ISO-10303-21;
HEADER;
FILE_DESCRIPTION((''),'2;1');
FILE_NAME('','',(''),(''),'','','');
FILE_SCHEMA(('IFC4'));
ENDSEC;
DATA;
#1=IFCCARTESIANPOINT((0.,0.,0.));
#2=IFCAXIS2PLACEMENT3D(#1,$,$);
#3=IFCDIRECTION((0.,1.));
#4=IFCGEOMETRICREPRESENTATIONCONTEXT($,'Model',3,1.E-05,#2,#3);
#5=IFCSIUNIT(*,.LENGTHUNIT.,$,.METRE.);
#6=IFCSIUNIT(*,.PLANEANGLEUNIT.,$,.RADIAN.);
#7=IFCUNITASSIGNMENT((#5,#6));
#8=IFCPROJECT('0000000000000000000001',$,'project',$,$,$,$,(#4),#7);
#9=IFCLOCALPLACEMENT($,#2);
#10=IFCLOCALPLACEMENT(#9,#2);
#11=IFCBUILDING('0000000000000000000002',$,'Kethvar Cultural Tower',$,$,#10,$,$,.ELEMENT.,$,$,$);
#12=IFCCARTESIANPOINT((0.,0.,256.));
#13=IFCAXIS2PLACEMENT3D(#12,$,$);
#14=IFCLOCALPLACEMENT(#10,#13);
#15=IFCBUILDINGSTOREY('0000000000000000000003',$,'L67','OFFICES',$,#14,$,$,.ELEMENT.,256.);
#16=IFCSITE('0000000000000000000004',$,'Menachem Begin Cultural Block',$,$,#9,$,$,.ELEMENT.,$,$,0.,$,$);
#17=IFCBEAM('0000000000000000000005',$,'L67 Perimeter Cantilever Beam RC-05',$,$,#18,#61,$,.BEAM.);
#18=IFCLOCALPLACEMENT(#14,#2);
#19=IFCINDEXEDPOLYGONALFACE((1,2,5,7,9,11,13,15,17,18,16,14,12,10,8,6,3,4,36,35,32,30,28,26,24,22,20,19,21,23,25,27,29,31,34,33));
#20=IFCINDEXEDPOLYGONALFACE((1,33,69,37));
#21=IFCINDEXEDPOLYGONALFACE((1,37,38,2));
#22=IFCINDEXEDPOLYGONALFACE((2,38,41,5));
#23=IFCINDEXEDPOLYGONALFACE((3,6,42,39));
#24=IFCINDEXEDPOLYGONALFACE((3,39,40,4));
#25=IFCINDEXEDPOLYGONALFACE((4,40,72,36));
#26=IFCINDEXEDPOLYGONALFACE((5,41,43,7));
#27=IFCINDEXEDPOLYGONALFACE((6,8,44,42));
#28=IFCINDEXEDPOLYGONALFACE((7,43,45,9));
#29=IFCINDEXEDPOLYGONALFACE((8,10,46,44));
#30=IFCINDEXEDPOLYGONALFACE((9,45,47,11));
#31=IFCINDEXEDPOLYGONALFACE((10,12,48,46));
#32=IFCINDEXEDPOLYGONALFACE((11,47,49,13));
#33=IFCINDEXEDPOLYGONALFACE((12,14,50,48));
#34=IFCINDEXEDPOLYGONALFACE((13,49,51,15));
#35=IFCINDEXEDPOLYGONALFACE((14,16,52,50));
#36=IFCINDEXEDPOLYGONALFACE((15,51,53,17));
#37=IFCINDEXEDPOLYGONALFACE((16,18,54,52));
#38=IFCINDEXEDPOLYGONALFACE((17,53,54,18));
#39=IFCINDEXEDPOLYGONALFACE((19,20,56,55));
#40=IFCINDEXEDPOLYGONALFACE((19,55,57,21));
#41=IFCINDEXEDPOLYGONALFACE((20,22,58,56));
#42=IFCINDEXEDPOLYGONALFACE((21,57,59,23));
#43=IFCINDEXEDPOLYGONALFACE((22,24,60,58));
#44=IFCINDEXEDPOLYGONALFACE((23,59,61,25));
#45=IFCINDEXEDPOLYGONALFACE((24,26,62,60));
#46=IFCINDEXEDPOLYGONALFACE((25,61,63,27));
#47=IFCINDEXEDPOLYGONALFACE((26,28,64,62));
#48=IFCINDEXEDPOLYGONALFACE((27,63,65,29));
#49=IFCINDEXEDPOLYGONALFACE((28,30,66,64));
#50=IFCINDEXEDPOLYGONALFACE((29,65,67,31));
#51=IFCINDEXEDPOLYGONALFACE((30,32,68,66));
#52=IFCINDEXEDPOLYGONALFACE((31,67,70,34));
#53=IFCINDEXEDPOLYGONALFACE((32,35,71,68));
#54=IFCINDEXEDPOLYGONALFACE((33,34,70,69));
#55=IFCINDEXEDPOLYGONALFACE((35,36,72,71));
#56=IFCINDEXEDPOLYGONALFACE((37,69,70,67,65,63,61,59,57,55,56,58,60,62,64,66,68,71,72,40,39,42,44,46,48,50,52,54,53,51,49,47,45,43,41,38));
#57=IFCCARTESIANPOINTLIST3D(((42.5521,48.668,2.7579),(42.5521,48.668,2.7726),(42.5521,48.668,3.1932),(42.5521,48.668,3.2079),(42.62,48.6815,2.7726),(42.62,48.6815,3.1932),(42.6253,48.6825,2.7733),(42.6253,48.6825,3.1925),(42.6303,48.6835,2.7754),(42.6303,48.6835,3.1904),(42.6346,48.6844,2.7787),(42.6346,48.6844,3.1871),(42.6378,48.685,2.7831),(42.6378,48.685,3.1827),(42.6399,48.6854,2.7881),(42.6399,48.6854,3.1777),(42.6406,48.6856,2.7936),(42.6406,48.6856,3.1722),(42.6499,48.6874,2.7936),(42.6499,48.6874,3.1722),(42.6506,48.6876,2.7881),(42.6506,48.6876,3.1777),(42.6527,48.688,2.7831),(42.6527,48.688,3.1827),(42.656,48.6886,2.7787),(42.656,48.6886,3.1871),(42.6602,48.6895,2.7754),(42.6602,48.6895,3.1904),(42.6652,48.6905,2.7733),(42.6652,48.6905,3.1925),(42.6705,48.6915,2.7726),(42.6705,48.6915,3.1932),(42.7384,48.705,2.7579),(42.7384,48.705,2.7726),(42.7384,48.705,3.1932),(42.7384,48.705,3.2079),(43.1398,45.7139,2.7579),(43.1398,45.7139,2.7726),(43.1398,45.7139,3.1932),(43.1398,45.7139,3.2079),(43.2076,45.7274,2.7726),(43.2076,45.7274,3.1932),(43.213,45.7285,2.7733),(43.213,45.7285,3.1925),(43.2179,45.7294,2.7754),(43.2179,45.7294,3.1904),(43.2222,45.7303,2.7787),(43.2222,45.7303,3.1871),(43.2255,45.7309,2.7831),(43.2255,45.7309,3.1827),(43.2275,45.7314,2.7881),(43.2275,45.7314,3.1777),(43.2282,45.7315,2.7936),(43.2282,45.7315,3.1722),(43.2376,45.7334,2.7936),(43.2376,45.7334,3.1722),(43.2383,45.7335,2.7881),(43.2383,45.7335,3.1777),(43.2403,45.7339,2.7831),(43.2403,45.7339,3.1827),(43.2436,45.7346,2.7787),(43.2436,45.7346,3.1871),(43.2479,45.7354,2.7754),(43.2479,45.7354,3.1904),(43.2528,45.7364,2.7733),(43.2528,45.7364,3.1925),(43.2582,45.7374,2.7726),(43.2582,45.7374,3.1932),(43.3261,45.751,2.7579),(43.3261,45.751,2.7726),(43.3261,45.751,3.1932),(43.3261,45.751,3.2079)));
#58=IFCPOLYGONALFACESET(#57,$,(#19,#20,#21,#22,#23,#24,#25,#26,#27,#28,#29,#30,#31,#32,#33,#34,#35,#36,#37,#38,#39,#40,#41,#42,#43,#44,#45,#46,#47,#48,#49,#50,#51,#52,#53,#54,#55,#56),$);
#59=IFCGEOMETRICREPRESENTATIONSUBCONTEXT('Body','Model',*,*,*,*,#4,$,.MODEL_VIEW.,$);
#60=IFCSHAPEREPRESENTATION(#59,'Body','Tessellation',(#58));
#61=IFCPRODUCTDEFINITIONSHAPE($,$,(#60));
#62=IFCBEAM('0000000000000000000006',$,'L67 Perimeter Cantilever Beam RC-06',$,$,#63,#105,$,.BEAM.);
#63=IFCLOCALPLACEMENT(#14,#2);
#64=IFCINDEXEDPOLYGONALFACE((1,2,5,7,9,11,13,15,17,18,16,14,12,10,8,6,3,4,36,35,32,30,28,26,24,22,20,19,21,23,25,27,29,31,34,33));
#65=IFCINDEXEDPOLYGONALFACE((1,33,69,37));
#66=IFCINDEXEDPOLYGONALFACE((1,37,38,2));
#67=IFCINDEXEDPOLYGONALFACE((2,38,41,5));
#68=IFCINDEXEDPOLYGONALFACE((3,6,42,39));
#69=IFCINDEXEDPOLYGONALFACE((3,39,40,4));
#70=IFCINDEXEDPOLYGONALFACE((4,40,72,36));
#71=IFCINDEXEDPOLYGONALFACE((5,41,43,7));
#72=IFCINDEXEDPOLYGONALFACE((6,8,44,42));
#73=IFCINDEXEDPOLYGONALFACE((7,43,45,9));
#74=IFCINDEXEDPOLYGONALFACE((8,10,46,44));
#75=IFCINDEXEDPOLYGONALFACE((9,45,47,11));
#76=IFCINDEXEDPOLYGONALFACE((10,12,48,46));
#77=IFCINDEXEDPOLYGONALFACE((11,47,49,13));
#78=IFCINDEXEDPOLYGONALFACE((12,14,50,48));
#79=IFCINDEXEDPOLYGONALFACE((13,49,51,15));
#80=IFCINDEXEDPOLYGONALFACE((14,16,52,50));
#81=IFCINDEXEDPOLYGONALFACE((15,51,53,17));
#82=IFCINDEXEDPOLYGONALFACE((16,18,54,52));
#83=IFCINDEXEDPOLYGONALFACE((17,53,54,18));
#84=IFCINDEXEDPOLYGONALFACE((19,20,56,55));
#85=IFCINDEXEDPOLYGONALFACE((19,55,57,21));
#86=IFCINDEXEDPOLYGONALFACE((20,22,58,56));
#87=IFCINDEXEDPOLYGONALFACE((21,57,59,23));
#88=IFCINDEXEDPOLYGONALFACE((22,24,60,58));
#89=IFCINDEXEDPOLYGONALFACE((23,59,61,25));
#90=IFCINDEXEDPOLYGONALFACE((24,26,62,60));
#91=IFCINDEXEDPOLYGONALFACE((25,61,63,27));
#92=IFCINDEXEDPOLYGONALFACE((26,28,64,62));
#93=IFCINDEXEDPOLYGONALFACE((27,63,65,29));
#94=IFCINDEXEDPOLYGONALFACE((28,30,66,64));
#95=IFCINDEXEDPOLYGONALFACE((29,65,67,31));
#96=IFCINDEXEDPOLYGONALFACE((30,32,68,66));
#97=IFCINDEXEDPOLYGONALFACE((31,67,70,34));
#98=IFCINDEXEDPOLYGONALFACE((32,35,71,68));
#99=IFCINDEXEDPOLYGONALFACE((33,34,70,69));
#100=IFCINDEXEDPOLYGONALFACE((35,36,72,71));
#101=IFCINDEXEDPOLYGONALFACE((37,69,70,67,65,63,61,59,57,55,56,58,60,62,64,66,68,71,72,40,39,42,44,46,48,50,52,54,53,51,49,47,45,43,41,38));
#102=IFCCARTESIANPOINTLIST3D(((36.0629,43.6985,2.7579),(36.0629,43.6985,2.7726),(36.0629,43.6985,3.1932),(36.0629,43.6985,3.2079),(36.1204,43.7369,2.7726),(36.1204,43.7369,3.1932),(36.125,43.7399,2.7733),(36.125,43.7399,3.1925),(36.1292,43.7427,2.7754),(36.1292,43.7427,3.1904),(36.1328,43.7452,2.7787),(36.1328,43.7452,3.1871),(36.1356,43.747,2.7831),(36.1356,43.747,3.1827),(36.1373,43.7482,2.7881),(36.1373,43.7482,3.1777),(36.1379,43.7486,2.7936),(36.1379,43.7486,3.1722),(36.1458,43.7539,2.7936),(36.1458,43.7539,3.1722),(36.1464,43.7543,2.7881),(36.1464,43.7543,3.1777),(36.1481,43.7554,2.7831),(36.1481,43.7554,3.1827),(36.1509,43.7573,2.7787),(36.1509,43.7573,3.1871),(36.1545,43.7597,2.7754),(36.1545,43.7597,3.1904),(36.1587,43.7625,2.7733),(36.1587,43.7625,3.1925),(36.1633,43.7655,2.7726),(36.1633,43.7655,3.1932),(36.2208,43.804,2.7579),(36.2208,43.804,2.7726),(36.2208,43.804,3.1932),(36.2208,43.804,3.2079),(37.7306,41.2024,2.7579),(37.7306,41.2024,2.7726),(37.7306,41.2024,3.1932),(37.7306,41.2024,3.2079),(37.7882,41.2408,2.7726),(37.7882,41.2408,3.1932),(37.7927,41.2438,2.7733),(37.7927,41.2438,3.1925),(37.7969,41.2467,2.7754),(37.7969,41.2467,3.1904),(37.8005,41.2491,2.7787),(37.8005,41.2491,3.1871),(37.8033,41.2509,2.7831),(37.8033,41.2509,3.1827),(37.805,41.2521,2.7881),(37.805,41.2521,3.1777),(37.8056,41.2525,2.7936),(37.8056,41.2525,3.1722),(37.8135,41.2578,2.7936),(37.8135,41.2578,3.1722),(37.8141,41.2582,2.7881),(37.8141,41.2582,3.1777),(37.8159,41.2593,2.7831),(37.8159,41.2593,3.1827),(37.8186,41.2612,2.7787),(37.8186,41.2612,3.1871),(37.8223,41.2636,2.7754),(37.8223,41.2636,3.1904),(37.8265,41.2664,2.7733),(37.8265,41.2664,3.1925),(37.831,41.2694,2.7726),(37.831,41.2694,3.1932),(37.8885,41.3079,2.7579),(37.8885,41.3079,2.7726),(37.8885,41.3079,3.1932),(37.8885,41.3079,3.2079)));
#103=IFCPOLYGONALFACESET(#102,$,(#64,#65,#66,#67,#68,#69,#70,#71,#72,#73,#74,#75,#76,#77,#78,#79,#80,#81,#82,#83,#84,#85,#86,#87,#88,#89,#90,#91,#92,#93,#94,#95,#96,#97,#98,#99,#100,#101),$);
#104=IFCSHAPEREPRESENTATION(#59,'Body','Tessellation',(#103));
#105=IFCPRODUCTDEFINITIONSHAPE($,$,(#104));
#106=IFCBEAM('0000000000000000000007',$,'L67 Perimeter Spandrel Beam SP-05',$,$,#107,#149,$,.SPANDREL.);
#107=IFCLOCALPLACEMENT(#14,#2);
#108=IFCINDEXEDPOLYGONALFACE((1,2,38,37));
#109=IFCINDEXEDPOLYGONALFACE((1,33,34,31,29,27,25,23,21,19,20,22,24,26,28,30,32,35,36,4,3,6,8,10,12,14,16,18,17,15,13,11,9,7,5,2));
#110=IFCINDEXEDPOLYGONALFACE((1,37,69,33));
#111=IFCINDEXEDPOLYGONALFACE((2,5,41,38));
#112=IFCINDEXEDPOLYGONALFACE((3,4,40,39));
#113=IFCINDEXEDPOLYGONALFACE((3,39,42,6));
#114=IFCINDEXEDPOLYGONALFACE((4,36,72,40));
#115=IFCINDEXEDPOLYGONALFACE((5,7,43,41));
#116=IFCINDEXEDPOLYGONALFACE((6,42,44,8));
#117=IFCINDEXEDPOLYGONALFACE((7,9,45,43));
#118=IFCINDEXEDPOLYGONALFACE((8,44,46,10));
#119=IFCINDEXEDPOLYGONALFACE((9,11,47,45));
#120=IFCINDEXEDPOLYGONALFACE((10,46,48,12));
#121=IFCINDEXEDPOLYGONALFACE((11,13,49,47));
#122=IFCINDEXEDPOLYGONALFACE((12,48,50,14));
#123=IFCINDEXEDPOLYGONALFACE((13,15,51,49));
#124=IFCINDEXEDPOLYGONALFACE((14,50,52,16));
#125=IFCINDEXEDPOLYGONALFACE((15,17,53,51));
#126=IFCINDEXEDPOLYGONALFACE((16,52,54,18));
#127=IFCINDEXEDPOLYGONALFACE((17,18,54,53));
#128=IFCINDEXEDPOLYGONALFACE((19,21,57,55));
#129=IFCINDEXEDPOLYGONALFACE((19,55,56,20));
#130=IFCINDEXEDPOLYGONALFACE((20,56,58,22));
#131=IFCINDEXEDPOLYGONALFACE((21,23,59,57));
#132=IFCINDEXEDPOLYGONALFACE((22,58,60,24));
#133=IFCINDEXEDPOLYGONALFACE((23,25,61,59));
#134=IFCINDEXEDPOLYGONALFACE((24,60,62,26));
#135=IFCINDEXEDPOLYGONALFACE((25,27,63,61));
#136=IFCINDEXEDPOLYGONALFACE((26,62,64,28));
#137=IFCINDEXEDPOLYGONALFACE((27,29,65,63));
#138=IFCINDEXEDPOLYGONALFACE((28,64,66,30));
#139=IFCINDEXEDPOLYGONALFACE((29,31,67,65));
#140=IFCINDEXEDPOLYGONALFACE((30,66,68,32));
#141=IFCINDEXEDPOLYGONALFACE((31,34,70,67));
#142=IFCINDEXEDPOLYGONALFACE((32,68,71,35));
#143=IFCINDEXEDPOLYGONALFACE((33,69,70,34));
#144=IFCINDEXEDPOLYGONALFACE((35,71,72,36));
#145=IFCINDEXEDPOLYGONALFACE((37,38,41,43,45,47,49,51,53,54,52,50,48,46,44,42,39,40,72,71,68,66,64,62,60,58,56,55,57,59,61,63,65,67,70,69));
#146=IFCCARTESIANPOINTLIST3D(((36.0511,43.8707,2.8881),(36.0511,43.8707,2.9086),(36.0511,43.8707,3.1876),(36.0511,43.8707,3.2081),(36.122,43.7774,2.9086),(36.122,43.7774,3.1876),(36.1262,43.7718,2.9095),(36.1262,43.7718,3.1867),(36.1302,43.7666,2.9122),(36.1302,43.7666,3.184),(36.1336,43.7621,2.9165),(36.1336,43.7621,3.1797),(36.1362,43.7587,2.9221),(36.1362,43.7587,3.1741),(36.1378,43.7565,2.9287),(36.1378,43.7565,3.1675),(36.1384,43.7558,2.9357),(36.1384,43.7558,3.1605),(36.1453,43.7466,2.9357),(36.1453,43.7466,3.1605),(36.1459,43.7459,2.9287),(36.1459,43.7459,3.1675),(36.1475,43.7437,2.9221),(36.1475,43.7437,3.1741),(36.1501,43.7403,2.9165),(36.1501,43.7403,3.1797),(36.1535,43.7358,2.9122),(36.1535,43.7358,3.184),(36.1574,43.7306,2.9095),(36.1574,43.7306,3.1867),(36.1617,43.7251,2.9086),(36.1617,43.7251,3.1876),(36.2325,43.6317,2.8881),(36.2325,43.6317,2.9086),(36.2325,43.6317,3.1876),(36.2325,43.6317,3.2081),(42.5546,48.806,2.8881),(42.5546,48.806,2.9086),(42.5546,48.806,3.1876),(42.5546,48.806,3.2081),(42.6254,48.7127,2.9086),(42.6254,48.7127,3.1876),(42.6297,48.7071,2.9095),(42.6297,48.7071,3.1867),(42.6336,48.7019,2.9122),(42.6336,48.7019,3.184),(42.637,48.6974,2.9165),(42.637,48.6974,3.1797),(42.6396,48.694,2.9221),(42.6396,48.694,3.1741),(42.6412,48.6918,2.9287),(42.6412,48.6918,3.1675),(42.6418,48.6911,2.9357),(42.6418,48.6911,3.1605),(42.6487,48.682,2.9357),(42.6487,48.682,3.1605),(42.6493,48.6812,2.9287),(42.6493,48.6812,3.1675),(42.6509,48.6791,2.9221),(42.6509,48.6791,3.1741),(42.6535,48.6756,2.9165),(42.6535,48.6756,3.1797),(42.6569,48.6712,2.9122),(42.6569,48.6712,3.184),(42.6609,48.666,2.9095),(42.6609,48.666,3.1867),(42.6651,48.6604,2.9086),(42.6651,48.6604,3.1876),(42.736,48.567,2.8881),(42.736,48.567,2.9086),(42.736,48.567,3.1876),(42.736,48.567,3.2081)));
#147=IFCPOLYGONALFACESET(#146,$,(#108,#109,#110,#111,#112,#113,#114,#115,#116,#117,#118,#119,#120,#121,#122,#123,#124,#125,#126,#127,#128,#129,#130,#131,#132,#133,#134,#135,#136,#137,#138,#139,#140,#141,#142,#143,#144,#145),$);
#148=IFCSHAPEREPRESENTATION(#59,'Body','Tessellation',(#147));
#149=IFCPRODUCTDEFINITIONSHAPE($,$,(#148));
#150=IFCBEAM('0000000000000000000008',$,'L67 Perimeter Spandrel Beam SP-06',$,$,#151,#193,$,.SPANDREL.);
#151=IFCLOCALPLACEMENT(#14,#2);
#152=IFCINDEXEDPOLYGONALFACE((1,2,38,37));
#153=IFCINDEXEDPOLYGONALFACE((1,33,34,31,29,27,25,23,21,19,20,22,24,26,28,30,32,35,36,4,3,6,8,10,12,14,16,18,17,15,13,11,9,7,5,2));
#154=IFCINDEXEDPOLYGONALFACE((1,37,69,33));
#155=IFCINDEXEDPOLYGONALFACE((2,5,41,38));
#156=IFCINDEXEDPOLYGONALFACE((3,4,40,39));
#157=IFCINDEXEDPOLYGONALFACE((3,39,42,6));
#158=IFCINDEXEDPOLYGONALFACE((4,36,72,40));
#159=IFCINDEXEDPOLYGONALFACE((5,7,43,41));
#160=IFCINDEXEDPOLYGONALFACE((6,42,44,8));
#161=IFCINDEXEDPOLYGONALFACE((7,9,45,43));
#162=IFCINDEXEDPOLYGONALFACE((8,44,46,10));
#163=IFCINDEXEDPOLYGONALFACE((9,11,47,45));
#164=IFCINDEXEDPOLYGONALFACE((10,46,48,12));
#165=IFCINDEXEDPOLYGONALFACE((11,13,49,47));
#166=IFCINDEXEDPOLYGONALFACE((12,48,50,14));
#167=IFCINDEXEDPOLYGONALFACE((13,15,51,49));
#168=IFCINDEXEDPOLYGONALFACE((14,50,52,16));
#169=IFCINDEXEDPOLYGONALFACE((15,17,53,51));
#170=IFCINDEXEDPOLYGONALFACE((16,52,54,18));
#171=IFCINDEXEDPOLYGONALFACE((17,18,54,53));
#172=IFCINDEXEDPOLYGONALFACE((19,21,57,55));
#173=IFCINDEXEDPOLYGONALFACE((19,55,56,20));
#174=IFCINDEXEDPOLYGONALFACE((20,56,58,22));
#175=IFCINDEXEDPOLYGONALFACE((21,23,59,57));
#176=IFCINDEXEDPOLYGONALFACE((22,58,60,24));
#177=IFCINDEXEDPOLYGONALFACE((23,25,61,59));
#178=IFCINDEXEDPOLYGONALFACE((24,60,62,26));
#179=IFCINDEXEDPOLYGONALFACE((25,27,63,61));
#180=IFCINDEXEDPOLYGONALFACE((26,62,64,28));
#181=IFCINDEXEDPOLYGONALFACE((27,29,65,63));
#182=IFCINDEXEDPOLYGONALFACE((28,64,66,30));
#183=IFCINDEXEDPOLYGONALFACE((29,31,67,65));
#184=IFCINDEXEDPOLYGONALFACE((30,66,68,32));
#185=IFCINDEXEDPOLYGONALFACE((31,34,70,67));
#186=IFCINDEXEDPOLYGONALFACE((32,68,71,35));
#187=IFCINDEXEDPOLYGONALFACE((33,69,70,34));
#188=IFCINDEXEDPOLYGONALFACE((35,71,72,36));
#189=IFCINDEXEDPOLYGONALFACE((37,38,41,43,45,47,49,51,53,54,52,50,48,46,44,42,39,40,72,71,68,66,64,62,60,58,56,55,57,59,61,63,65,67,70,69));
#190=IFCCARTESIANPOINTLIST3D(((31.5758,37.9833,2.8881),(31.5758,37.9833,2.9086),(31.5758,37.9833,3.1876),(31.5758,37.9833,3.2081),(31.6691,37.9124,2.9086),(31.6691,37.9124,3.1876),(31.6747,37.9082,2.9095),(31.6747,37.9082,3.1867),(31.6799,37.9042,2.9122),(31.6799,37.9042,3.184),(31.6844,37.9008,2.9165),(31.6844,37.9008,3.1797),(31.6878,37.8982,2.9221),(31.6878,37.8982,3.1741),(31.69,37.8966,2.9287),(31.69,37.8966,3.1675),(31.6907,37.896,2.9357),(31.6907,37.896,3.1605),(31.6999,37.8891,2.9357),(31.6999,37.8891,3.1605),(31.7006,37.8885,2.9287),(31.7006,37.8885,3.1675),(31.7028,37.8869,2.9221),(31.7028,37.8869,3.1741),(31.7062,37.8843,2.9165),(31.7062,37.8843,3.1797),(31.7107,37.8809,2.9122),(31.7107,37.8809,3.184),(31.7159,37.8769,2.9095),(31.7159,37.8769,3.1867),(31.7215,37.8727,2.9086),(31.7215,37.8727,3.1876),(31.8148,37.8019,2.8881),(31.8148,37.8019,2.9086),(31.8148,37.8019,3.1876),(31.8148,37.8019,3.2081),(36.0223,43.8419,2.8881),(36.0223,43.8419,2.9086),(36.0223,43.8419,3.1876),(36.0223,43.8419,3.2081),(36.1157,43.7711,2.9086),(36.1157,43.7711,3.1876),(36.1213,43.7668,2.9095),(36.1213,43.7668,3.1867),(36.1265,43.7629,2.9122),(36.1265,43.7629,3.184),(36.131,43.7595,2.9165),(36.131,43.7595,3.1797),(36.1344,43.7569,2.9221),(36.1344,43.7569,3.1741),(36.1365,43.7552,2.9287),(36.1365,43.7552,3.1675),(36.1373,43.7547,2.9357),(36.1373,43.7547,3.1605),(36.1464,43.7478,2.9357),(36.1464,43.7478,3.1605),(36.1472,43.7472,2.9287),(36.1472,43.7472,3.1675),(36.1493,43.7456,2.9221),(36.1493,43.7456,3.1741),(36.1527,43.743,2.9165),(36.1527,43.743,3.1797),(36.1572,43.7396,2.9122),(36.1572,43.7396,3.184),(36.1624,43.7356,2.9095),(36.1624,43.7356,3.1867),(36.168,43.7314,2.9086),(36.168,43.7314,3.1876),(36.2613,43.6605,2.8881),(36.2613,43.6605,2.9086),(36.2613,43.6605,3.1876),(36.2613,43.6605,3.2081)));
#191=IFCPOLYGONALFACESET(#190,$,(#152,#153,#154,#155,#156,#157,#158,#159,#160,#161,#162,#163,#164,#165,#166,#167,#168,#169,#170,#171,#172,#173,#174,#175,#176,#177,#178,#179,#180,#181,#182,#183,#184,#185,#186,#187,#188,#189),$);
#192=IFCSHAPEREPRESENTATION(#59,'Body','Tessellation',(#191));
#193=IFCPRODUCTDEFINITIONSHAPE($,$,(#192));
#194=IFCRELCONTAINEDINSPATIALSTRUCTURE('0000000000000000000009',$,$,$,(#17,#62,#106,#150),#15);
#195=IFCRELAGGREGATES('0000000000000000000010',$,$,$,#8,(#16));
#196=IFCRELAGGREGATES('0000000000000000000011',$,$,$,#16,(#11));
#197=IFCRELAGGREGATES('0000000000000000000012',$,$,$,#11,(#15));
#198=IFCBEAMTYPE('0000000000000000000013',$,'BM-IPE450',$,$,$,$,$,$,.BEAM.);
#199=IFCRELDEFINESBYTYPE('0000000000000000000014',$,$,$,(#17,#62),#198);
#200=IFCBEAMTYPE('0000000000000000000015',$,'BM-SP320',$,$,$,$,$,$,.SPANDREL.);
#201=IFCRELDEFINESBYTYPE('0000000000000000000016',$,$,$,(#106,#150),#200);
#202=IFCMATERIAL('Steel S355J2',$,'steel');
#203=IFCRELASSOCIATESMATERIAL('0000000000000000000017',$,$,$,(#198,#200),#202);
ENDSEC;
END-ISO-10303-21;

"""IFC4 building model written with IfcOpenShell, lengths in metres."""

from ifc_helpers import new_model, si_unit, direction, frame, origin, origin_2d, place, context, subcontext, project, spatial, i_section, extrude, source, transform, mapped, material, material_profile, profile_set, type_object, element, save


model = new_model("IFC4")

# Units and contexts
model_context = context("Model", 3, precision=1e-05, world=origin(), true_north=direction((0.0, 1.0)))
body_context = subcontext(model_context, "Body", "Model", "MODEL_VIEW")
ifc_project = project(units=[si_unit("LENGTHUNIT", "METRE"), si_unit("PLANEANGLEUNIT", "RADIAN")], contexts=[model_context])

# Site, building, storey
site_placement = place(None, origin())
site = spatial("IfcSite", under=ifc_project, at=site_placement, Name="Menachem Begin Cultural Block", CompositionType="ELEMENT", RefElevation=0.0)
building_placement = place(site_placement, origin())
building = spatial("IfcBuilding", under=site, at=building_placement, Name="Kethvar Cultural Tower", CompositionType="ELEMENT")
storey_placement = place(building_placement, frame((0.0, 0.0, 256.0)))
storey = spatial("IfcBuildingStorey", under=building, at=storey_placement, Name="L67", Description="OFFICES", CompositionType="ELEMENT", Elevation=256.0)

# Beams
ifc_material_1 = material(Name="Steel S355J2", Category="steel")
ifc_material_profile_1 = material_profile(ifc_material_1, i_section(OverallWidth=0.1899, OverallDepth=0.45, WebThickness=0.0095, FlangeThickness=0.0146, FilletRadius=0.021, at=origin_2d()), Name="Steel S355J2 — IPE450")
ifc_profile_set_1 = profile_set([ifc_material_profile_1], Name="Steel S355J2 — IPE450")
beam_type_1 = type_object("IfcBeamType", Name="BM-IPE450", PredefinedType="BEAM", material=ifc_profile_set_1)
shared_shape_1 = source(origin(), body_context, "Body", "SweptSolid", [
    extrude(i_section(OverallWidth=0.1899, OverallDepth=0.45, WebThickness=0.0095, FlangeThickness=0.0146, FilletRadius=0.021, at=origin_2d()), origin(), (0.0, 0.0, 1.0), 3.012),
])
beam_1_placement = place(storey_placement, frame((43.2329, 45.7324, 2.9829), z_axis=(-0.195103, 0.980783, 0.0), x_axis=(-0.980783, -0.195103, 0.0)))
element("IfcBeam", 1, at=beam_1_placement, inside=storey, type_object=beam_type_1, Name="L67 Perimeter Cantilever Beam RC-05", PredefinedType="BEAM", context=body_context, shape_type="MappedRepresentation", body=[
    mapped(shared_shape_1, transform((0.0, 0.0, 0.0), scale=1.0)),
])
shared_shape_2 = source(origin(), body_context, "Body", "SweptSolid", [
    extrude(i_section(OverallWidth=0.1899, OverallDepth=0.45, WebThickness=0.0095, FlangeThickness=0.0146, FilletRadius=0.021, at=origin_2d()), origin(), (0.0, 0.0, 1.0), 3.002),
])
beam_2_placement = place(storey_placement, frame((37.8096, 41.2551, 2.9829), z_axis=(-0.555544, 0.831487, 0.0), x_axis=(-0.831487, -0.555544, 0.0)))
element("IfcBeam", 2, at=beam_2_placement, inside=storey, type_object=beam_type_1, Name="L67 Perimeter Cantilever Beam RC-06", PredefinedType="BEAM", context=body_context, shape_type="MappedRepresentation", body=[
    mapped(shared_shape_2, transform((0.0, 0.0, 0.0), scale=1.0)),
])
ifc_material_profile_2 = material_profile(ifc_material_1, i_section(OverallWidth=0.3, OverallDepth=0.3201, WebThickness=0.0115, FlangeThickness=0.0205, FilletRadius=0.0271, at=origin_2d()), Name="Steel S355J2 — HEB320")
ifc_profile_set_2 = profile_set([ifc_material_profile_2], Name="Steel S355J2 — HEB320")
beam_type_2 = type_object("IfcBeamType", Name="BM-SP320", PredefinedType="SPANDREL", material=ifc_profile_set_2)
shared_shape_3 = source(origin(), body_context, "Body", "SweptSolid", [
    extrude(i_section(OverallWidth=0.3, OverallDepth=0.3201, WebThickness=0.0115, FlangeThickness=0.0205, FilletRadius=0.0271, at=origin_2d()), origin(), (0.0, 0.0, 1.0), 8.1641),
])
beam_3_placement = place(storey_placement, frame((42.6453, 48.6865, 3.0481), z_axis=(-0.796592, -0.604517, 0.0), x_axis=(0.604517, -0.796592, 0.0)))
element("IfcBeam", 3, at=beam_3_placement, inside=storey, type_object=beam_type_2, Name="L67 Perimeter Spandrel Beam SP-05", PredefinedType="SPANDREL", context=body_context, shape_type="MappedRepresentation", body=[
    mapped(shared_shape_3, transform((0.0, 0.0, 0.0), scale=1.0)),
])
shared_shape_4 = source(origin(), body_context, "Body", "SweptSolid", [
    extrude(i_section(OverallWidth=0.3, OverallDepth=0.3201, WebThickness=0.0115, FlangeThickness=0.0205, FilletRadius=0.0271, at=origin_2d()), origin(), (0.0, 0.0, 1.0), 7.355),
])
beam_4_placement = place(storey_placement, frame((36.1418, 43.7512, 3.0481), z_axis=(-0.604563, -0.796557, 0.0), x_axis=(0.796557, -0.604563, 0.0)))
element("IfcBeam", 4, at=beam_4_placement, inside=storey, type_object=beam_type_2, Name="L67 Perimeter Spandrel Beam SP-06", PredefinedType="SPANDREL", context=body_context, shape_type="MappedRepresentation", body=[
    mapped(shared_shape_4, transform((0.0, 0.0, 0.0), scale=1.0)),
])

save(model, "model.ifc")
